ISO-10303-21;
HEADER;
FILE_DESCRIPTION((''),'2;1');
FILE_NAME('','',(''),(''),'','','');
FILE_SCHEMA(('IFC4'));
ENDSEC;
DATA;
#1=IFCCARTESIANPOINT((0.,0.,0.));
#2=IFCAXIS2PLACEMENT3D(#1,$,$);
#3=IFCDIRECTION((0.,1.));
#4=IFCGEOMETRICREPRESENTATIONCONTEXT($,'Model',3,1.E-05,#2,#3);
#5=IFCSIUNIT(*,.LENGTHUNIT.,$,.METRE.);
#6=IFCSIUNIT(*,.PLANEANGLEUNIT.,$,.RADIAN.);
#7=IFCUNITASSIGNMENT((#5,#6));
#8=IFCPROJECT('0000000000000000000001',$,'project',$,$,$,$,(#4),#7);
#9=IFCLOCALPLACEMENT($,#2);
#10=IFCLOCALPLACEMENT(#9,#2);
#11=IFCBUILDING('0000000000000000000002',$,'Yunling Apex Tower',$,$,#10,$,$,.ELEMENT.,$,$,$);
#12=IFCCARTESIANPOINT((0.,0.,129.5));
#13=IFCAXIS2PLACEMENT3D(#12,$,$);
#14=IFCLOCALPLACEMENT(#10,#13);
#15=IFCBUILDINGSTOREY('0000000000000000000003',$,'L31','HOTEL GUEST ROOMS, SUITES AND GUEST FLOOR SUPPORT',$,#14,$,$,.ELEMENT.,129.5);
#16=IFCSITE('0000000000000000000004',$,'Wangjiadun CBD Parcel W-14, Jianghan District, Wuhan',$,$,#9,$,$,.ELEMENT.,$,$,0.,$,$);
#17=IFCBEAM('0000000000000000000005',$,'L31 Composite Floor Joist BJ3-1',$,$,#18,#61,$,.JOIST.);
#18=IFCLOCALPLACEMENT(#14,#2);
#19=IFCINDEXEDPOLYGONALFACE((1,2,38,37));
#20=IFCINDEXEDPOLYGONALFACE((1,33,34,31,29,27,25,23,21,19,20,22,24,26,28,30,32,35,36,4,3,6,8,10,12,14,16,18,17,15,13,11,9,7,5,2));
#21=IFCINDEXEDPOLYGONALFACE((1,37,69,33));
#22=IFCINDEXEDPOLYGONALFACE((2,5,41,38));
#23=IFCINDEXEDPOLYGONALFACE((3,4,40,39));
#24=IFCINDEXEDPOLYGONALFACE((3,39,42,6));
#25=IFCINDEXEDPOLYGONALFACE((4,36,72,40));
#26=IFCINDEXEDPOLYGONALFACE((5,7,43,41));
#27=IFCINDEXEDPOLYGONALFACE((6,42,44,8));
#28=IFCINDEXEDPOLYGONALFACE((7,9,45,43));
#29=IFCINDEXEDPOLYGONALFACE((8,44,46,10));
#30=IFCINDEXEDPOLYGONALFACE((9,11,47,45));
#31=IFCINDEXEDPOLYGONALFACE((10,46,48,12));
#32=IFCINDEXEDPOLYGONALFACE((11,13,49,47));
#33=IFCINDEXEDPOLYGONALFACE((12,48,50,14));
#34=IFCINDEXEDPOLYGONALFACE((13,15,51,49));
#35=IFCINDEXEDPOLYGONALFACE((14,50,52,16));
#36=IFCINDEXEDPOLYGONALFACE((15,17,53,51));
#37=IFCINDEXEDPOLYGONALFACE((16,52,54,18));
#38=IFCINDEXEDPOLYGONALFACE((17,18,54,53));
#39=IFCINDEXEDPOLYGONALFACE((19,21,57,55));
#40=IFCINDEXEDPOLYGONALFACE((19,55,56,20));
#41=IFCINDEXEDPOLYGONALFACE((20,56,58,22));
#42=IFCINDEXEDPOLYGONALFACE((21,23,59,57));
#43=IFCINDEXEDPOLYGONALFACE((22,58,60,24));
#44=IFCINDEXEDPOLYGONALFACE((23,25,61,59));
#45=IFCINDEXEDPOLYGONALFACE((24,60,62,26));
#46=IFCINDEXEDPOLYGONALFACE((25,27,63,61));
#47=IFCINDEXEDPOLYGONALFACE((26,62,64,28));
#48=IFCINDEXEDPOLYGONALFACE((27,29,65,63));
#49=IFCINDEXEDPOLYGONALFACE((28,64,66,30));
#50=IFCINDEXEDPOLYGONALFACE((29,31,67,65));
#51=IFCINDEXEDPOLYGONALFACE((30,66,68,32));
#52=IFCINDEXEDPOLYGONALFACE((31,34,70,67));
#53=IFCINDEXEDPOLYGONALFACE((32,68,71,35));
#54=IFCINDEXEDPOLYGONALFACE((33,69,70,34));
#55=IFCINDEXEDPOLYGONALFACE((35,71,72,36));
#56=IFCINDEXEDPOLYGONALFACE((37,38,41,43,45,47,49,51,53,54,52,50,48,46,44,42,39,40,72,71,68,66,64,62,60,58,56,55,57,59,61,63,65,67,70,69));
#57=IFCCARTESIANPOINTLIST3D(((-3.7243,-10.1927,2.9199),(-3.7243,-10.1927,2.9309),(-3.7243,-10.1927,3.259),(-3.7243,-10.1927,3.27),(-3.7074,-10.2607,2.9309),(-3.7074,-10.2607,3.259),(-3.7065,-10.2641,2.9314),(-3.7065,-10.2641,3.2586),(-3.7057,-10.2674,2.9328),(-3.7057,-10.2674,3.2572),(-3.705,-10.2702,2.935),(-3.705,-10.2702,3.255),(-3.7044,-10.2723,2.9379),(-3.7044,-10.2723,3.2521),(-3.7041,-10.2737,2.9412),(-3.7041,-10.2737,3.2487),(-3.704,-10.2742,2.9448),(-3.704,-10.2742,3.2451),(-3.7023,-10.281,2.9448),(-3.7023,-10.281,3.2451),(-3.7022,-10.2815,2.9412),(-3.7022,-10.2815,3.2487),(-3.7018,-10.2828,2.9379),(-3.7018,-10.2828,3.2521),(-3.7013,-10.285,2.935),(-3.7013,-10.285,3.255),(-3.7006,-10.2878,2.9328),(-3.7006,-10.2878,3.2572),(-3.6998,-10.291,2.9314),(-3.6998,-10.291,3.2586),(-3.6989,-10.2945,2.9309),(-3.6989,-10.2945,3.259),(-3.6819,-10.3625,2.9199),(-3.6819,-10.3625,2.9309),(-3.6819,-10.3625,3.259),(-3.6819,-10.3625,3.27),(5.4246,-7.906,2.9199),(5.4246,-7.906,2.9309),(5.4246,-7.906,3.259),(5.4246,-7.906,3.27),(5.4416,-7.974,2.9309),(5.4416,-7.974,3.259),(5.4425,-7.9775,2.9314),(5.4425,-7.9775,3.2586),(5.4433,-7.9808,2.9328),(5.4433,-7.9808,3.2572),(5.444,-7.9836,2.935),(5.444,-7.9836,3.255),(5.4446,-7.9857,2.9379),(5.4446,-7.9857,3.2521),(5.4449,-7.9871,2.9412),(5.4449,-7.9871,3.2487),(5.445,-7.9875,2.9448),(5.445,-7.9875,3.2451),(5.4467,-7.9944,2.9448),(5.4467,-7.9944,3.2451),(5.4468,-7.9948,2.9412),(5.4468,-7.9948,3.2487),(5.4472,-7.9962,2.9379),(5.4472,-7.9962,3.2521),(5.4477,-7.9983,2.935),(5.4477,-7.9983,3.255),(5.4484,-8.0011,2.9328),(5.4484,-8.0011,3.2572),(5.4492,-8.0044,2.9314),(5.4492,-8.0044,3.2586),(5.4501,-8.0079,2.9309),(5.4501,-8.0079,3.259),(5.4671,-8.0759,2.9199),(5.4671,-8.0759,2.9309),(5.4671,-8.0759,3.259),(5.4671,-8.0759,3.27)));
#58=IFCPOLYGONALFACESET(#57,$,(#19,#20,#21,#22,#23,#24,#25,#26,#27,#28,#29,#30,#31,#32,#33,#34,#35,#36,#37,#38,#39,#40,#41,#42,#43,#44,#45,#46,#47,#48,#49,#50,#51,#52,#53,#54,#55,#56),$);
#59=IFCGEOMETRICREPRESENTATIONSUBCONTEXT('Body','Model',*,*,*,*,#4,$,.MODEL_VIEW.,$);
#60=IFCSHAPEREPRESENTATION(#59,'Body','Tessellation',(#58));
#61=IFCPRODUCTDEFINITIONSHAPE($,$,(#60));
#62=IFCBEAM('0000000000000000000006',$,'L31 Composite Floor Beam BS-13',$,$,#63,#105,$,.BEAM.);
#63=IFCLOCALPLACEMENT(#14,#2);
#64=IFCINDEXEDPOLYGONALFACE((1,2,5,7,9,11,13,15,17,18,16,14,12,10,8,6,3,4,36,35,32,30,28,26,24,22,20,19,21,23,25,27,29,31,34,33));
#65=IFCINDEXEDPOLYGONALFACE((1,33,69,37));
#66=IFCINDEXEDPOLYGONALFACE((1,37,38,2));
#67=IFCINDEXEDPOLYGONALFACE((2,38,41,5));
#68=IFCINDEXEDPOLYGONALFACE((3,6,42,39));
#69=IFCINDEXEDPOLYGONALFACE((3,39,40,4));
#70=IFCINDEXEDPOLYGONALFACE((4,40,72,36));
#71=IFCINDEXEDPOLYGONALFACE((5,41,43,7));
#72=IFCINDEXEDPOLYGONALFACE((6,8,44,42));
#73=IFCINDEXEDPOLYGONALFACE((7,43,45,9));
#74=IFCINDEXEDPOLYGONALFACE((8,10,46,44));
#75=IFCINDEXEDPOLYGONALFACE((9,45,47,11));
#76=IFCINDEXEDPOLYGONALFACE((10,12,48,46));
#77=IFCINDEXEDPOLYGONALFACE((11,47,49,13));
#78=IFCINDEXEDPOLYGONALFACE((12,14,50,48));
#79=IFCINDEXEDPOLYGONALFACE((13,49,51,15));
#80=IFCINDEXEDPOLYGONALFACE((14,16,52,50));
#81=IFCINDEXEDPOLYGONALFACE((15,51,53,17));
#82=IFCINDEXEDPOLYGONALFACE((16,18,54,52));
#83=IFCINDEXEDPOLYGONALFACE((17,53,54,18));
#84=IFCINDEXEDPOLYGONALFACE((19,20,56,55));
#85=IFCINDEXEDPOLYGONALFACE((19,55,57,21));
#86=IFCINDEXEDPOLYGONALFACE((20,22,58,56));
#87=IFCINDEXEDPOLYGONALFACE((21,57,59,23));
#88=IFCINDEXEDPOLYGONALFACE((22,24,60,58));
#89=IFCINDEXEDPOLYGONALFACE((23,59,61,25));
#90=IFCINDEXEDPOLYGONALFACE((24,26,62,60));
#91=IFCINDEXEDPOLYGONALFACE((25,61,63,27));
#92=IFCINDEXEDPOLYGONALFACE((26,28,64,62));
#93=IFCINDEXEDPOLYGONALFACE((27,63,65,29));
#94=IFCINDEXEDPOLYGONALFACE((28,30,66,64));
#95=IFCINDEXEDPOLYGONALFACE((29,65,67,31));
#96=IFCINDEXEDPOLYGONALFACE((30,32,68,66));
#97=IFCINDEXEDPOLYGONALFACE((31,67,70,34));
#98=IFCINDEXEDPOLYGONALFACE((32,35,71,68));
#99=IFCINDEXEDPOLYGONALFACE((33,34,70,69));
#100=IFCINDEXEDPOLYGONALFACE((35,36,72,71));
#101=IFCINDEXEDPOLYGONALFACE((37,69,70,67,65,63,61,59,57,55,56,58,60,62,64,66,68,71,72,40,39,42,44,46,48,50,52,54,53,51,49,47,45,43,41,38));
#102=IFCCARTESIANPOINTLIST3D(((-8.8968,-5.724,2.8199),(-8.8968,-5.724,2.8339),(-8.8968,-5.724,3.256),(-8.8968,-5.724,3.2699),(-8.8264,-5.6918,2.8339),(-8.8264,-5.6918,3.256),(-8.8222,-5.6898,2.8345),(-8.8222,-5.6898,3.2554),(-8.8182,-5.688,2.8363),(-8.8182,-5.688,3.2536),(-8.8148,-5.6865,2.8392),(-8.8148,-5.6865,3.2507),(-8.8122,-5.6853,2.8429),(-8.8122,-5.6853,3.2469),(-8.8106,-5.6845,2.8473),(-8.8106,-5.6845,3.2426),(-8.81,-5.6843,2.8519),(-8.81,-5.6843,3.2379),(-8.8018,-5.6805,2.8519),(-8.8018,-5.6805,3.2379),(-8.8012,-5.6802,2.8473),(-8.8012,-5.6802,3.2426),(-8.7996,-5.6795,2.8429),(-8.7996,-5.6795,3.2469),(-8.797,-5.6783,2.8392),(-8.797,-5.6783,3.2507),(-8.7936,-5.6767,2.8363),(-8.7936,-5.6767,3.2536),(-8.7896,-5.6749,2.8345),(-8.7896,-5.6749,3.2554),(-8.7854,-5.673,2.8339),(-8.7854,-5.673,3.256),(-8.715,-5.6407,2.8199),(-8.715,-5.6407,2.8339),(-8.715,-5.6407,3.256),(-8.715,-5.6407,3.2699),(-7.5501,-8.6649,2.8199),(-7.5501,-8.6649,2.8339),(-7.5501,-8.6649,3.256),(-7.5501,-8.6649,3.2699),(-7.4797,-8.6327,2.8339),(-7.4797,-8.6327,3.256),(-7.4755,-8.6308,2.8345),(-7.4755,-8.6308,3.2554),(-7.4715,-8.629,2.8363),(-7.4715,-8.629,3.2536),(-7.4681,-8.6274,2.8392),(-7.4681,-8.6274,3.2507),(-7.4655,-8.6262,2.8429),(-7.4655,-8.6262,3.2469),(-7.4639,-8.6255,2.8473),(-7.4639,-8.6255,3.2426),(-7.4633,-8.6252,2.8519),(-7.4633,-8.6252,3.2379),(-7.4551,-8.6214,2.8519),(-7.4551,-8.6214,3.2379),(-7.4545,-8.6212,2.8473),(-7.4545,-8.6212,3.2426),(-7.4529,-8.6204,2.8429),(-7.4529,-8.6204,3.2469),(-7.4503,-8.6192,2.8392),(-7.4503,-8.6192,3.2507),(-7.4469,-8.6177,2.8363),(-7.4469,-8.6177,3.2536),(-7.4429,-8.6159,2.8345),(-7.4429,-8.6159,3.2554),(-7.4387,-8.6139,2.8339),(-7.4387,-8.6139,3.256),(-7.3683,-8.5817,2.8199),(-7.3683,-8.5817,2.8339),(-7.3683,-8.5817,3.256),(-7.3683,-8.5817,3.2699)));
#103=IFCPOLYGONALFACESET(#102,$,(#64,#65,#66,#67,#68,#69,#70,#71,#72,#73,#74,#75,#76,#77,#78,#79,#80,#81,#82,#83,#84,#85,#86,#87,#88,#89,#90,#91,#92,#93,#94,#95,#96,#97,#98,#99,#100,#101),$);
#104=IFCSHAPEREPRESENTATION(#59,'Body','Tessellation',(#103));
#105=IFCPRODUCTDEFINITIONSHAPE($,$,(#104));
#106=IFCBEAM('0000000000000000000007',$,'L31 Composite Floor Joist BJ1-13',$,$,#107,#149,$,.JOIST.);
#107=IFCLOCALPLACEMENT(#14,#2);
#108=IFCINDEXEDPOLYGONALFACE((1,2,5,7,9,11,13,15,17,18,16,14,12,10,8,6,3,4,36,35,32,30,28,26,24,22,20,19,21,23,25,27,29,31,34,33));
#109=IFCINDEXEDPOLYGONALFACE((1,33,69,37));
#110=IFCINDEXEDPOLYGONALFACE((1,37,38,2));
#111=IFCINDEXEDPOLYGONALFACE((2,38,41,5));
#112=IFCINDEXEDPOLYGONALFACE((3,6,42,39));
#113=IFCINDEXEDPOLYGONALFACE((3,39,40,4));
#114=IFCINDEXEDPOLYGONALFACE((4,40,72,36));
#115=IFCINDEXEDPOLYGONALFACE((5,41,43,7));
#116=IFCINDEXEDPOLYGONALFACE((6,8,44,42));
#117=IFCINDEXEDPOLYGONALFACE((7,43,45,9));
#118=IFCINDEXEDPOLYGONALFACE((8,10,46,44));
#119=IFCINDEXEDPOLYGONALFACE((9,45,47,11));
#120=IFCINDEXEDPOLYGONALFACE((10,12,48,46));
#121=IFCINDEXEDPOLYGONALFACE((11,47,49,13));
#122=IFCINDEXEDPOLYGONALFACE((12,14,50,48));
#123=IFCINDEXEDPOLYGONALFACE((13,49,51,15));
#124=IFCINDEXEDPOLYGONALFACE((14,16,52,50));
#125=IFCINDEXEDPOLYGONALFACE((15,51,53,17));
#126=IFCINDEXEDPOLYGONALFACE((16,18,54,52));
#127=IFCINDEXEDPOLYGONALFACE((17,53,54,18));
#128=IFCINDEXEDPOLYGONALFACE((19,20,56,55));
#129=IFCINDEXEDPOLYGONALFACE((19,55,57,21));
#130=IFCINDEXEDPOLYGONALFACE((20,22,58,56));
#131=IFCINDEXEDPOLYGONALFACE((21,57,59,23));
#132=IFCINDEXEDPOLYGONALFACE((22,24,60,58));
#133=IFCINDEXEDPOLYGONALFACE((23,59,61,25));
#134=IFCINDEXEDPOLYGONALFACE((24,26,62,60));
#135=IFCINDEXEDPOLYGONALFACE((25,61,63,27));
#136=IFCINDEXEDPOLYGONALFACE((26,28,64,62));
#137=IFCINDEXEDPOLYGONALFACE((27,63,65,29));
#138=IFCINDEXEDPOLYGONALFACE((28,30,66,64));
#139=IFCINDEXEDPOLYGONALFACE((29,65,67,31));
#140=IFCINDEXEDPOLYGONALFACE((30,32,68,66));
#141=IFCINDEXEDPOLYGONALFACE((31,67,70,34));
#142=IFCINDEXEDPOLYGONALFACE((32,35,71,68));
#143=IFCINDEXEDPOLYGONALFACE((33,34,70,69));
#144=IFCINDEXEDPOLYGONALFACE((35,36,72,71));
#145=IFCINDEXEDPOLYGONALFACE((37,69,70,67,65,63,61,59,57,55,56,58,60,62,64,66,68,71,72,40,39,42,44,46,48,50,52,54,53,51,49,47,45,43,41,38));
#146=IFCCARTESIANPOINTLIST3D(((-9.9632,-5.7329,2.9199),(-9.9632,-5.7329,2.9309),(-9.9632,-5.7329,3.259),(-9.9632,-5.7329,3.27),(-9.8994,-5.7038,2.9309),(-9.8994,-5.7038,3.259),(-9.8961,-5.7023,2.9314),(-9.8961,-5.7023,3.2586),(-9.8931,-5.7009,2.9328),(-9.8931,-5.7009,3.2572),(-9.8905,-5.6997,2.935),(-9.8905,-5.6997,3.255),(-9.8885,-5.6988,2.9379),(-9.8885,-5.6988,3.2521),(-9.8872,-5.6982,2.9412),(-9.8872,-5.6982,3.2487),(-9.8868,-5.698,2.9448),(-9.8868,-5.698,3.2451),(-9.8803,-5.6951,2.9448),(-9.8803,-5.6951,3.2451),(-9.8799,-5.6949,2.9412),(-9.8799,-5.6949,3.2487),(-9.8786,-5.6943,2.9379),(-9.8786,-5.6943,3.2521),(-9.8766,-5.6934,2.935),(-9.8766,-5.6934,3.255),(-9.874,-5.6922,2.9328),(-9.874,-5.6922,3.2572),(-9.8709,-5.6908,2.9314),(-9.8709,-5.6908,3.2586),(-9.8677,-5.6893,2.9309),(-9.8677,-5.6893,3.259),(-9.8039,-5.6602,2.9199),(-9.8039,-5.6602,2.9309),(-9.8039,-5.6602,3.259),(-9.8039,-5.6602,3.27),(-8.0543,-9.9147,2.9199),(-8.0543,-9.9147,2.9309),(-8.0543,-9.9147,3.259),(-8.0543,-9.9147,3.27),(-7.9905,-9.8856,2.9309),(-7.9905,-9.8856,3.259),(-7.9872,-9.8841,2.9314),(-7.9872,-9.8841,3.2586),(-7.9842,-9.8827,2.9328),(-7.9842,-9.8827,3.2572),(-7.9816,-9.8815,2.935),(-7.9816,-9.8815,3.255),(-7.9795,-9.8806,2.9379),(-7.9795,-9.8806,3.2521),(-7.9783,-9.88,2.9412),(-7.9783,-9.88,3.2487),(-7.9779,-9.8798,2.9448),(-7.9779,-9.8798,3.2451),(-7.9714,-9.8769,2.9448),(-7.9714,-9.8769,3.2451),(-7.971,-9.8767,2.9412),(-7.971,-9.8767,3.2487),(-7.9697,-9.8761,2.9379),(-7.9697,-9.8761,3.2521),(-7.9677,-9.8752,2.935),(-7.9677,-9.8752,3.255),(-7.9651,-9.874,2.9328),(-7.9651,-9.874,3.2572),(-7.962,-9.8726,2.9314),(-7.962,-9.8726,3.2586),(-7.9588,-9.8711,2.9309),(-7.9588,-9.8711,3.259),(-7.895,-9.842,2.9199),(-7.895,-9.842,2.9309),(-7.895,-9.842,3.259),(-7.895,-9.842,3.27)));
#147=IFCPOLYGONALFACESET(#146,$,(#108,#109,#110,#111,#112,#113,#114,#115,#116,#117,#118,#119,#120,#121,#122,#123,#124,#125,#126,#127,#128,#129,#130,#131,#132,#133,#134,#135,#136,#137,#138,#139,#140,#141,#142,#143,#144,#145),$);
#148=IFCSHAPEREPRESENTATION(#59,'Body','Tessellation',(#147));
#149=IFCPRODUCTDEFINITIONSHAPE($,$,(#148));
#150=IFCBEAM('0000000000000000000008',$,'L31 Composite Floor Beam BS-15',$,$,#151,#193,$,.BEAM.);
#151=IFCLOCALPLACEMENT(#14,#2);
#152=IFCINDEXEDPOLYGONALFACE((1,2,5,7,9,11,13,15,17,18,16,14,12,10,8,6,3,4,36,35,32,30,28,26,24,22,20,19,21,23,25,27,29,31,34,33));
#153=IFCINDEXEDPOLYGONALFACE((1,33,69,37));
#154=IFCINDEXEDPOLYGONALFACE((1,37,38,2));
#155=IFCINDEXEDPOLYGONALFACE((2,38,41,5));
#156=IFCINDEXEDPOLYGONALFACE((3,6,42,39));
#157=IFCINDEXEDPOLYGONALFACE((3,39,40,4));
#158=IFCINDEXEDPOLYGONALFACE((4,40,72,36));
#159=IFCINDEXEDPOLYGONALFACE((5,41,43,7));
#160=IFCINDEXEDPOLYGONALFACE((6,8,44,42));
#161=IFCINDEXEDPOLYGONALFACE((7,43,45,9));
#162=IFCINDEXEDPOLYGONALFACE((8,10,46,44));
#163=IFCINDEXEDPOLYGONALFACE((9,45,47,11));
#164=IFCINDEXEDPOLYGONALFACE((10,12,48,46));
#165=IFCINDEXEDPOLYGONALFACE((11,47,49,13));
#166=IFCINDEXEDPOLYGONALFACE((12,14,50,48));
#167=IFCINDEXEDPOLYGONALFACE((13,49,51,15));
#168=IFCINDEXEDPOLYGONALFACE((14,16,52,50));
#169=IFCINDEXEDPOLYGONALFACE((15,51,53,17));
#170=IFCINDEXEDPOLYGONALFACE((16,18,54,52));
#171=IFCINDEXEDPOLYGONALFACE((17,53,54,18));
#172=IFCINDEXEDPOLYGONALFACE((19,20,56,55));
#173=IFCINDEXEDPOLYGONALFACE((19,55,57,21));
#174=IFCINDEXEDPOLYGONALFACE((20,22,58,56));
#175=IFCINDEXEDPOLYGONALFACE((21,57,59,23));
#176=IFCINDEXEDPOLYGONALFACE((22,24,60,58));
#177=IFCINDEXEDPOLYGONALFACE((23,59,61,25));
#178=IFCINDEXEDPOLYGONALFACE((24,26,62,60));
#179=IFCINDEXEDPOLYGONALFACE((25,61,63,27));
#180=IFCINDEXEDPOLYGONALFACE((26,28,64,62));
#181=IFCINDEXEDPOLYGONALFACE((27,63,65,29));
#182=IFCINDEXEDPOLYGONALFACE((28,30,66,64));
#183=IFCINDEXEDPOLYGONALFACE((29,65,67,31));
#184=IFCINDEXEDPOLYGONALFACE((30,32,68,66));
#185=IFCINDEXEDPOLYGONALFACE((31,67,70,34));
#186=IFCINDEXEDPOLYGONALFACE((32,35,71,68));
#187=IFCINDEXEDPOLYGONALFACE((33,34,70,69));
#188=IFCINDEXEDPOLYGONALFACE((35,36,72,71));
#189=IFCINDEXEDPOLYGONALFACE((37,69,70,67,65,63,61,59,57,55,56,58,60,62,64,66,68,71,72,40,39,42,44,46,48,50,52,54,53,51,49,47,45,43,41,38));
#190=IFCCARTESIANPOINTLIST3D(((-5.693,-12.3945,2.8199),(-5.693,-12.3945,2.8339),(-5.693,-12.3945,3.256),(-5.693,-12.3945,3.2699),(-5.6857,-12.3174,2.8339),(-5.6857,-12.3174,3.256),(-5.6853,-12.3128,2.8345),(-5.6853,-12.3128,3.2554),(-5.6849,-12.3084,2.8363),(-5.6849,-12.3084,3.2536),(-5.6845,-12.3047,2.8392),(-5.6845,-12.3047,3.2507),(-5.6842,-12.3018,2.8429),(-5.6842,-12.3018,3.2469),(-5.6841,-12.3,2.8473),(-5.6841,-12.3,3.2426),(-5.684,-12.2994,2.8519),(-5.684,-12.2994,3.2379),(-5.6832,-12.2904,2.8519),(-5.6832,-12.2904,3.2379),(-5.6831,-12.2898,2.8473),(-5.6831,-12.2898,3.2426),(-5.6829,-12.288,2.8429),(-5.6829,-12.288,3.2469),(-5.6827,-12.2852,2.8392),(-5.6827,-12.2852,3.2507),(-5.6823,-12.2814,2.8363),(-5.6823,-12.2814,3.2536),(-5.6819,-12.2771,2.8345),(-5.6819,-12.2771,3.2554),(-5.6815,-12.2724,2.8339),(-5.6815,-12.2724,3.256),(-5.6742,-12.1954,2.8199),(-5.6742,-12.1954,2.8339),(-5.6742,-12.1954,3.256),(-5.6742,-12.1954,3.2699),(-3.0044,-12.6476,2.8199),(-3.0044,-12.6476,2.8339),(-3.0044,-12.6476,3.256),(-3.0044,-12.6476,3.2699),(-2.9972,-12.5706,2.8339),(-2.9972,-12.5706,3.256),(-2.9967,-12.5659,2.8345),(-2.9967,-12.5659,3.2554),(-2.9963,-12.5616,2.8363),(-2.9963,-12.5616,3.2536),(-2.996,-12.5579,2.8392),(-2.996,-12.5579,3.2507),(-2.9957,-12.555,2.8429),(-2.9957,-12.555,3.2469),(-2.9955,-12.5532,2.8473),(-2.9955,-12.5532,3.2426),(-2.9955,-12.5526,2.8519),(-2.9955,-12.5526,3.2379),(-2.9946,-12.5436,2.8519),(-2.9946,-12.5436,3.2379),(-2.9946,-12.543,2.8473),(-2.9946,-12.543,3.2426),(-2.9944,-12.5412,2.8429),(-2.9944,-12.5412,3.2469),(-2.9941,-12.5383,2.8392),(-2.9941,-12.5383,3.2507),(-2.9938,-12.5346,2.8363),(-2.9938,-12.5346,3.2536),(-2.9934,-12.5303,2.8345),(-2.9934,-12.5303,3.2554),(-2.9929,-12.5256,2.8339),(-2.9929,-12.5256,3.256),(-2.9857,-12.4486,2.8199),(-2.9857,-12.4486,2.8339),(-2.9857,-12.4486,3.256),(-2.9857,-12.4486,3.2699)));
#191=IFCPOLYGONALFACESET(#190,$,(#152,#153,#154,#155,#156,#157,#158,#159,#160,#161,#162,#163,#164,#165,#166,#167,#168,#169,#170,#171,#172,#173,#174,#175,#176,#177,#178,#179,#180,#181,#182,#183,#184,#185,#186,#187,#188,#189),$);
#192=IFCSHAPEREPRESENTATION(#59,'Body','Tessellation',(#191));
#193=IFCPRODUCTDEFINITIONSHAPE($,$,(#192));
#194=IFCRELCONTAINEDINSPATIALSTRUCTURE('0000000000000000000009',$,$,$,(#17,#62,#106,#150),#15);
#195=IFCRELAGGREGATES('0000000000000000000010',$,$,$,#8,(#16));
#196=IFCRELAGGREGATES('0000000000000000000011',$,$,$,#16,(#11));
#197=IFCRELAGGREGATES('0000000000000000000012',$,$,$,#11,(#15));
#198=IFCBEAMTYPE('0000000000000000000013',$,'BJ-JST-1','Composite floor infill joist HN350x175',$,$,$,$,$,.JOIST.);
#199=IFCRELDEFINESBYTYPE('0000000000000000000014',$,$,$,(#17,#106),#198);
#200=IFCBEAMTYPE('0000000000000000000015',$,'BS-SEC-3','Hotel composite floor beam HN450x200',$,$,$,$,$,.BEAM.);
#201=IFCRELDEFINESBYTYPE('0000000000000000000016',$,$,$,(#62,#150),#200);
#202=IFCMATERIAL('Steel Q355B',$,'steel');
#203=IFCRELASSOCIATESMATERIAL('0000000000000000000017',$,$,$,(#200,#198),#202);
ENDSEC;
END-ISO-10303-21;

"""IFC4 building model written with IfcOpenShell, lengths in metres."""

from ifc_helpers import new_model, si_unit, direction, frame, origin, origin_2d, place, context, subcontext, project, spatial, i_section, extrude, source, transform, mapped, material, material_profile, profile_set, type_object, element, save


model = new_model("IFC4")

# Units and contexts
model_context = context("Model", 3, precision=1e-05, world=origin(), true_north=direction((0.0, 1.0)))
body_context = subcontext(model_context, "Body", "Model", "MODEL_VIEW")
ifc_project = project(units=[si_unit("LENGTHUNIT", "METRE"), si_unit("PLANEANGLEUNIT", "RADIAN")], contexts=[model_context])

# Site, building, storey
site_placement = place(None, origin())
site = spatial("IfcSite", under=ifc_project, at=site_placement, Name="Wangjiadun CBD Parcel W-14, Jianghan District, Wuhan", CompositionType="ELEMENT", RefElevation=0.0)
building_placement = place(site_placement, origin())
building = spatial("IfcBuilding", under=site, at=building_placement, Name="Yunling Apex Tower", CompositionType="ELEMENT")
storey_placement = place(building_placement, frame((0.0, 0.0, 129.5)))
storey = spatial("IfcBuildingStorey", under=building, at=storey_placement, Name="L31", Description="HOTEL GUEST ROOMS, SUITES AND GUEST FLOOR SUPPORT", CompositionType="ELEMENT", Elevation=129.5)

# Beams
ifc_material_1 = material(Name="Steel Q355B", Category="steel")
ifc_material_profile_1 = material_profile(ifc_material_1, i_section(OverallWidth=0.2, OverallDepth=0.45, WebThickness=0.009, FlangeThickness=0.0139, FilletRadius=0.0181, at=origin_2d()))
ifc_profile_set_1 = profile_set([ifc_material_profile_1], Name="Steel Q355B")
beam_type_1 = type_object("IfcBeamType", Name="BS-SEC-3", Description="Hotel composite floor beam HN450x200", PredefinedType="BEAM", material=ifc_profile_set_1)
ifc_material_profile_2 = material_profile(ifc_material_1, i_section(OverallWidth=0.175, OverallDepth=0.3501, WebThickness=0.0071, FlangeThickness=0.011, FilletRadius=0.0139, at=origin_2d()))
ifc_profile_set_2 = profile_set([ifc_material_profile_2], Name="Steel Q355B")
beam_type_2 = type_object("IfcBeamType", Name="BJ-JST-1", Description="Composite floor infill joist HN350x175", PredefinedType="JOIST", material=ifc_profile_set_2)
shared_shape_1 = source(origin(), body_context, "Body", "SweptSolid", [
    extrude(i_section(OverallWidth=0.175, OverallDepth=0.3501, WebThickness=0.0071, FlangeThickness=0.011, FilletRadius=0.0139, at=origin_2d()), origin(), (0.0, 0.0, 1.0), 9.4304),
])
beam_1_placement = place(storey_placement, frame((-3.7031, -10.2776, 3.095), z_axis=(0.970158, 0.242475, 0.0), x_axis=(-0.242475, 0.970158, 0.0)))
element("IfcBeam", 1, at=beam_1_placement, inside=storey, type_object=beam_type_2, Name="L31 Composite Floor Joist BJ3-1", PredefinedType="JOIST", context=body_context, shape_type="MappedRepresentation", body=[
    mapped(shared_shape_1, transform((0.0, 0.0, 0.0), scale=1.0)),
])
shared_shape_2 = source(origin(), body_context, "Body", "SweptSolid", [
    extrude(i_section(OverallWidth=0.2, OverallDepth=0.45, WebThickness=0.009, FlangeThickness=0.0139, FilletRadius=0.0181, at=origin_2d()), origin(), (0.0, 0.0, 1.0), 3.2346),
])
beam_2_placement = place(storey_placement, frame((-8.8059, -5.6824, 3.0449), z_axis=(0.416338, -0.90921, 0.0), x_axis=(0.90921, 0.416338, 0.0)))
element("IfcBeam", 2, at=beam_2_placement, inside=storey, type_object=beam_type_1, Name="L31 Composite Floor Beam BS-13", PredefinedType="BEAM", context=body_context, shape_type="MappedRepresentation", body=[
    mapped(shared_shape_2, transform((0.0, 0.0, 0.0), scale=1.0)),
])
shared_shape_3 = source(origin(), body_context, "Body", "SweptSolid", [
    extrude(i_section(OverallWidth=0.175, OverallDepth=0.3501, WebThickness=0.0071, FlangeThickness=0.011, FilletRadius=0.0139, at=origin_2d()), origin(), (0.0, 0.0, 1.0), 4.5969),
])
beam_3_placement = place(storey_placement, frame((-9.8835, -5.6965, 3.095), z_axis=(0.415259, -0.909703, 0.0), x_axis=(0.909703, 0.415259, 0.0)))
element("IfcBeam", 3, at=beam_3_placement, inside=storey, type_object=beam_type_2, Name="L31 Composite Floor Joist BJ1-13", PredefinedType="JOIST", context=body_context, shape_type="MappedRepresentation", body=[
    mapped(shared_shape_3, transform((0.0, 0.0, 0.0), scale=1.0)),
])
shared_shape_4 = source(origin(), body_context, "Body", "SweptSolid", [
    extrude(i_section(OverallWidth=0.2, OverallDepth=0.45, WebThickness=0.009, FlangeThickness=0.0139, FilletRadius=0.0181, at=origin_2d()), origin(), (0.0, 0.0, 1.0), 2.7004),
])
beam_4_placement = place(storey_placement, frame((-5.6836, -12.2949, 3.0449), z_axis=(0.995595, -0.093755, 0.0), x_axis=(0.093755, 0.995595, 0.0)))
element("IfcBeam", 4, at=beam_4_placement, inside=storey, type_object=beam_type_1, Name="L31 Composite Floor Beam BS-15", PredefinedType="BEAM", context=body_context, shape_type="MappedRepresentation", body=[
    mapped(shared_shape_4, transform((0.0, 0.0, 0.0), scale=1.0)),
])

save(model, "model.ifc")
